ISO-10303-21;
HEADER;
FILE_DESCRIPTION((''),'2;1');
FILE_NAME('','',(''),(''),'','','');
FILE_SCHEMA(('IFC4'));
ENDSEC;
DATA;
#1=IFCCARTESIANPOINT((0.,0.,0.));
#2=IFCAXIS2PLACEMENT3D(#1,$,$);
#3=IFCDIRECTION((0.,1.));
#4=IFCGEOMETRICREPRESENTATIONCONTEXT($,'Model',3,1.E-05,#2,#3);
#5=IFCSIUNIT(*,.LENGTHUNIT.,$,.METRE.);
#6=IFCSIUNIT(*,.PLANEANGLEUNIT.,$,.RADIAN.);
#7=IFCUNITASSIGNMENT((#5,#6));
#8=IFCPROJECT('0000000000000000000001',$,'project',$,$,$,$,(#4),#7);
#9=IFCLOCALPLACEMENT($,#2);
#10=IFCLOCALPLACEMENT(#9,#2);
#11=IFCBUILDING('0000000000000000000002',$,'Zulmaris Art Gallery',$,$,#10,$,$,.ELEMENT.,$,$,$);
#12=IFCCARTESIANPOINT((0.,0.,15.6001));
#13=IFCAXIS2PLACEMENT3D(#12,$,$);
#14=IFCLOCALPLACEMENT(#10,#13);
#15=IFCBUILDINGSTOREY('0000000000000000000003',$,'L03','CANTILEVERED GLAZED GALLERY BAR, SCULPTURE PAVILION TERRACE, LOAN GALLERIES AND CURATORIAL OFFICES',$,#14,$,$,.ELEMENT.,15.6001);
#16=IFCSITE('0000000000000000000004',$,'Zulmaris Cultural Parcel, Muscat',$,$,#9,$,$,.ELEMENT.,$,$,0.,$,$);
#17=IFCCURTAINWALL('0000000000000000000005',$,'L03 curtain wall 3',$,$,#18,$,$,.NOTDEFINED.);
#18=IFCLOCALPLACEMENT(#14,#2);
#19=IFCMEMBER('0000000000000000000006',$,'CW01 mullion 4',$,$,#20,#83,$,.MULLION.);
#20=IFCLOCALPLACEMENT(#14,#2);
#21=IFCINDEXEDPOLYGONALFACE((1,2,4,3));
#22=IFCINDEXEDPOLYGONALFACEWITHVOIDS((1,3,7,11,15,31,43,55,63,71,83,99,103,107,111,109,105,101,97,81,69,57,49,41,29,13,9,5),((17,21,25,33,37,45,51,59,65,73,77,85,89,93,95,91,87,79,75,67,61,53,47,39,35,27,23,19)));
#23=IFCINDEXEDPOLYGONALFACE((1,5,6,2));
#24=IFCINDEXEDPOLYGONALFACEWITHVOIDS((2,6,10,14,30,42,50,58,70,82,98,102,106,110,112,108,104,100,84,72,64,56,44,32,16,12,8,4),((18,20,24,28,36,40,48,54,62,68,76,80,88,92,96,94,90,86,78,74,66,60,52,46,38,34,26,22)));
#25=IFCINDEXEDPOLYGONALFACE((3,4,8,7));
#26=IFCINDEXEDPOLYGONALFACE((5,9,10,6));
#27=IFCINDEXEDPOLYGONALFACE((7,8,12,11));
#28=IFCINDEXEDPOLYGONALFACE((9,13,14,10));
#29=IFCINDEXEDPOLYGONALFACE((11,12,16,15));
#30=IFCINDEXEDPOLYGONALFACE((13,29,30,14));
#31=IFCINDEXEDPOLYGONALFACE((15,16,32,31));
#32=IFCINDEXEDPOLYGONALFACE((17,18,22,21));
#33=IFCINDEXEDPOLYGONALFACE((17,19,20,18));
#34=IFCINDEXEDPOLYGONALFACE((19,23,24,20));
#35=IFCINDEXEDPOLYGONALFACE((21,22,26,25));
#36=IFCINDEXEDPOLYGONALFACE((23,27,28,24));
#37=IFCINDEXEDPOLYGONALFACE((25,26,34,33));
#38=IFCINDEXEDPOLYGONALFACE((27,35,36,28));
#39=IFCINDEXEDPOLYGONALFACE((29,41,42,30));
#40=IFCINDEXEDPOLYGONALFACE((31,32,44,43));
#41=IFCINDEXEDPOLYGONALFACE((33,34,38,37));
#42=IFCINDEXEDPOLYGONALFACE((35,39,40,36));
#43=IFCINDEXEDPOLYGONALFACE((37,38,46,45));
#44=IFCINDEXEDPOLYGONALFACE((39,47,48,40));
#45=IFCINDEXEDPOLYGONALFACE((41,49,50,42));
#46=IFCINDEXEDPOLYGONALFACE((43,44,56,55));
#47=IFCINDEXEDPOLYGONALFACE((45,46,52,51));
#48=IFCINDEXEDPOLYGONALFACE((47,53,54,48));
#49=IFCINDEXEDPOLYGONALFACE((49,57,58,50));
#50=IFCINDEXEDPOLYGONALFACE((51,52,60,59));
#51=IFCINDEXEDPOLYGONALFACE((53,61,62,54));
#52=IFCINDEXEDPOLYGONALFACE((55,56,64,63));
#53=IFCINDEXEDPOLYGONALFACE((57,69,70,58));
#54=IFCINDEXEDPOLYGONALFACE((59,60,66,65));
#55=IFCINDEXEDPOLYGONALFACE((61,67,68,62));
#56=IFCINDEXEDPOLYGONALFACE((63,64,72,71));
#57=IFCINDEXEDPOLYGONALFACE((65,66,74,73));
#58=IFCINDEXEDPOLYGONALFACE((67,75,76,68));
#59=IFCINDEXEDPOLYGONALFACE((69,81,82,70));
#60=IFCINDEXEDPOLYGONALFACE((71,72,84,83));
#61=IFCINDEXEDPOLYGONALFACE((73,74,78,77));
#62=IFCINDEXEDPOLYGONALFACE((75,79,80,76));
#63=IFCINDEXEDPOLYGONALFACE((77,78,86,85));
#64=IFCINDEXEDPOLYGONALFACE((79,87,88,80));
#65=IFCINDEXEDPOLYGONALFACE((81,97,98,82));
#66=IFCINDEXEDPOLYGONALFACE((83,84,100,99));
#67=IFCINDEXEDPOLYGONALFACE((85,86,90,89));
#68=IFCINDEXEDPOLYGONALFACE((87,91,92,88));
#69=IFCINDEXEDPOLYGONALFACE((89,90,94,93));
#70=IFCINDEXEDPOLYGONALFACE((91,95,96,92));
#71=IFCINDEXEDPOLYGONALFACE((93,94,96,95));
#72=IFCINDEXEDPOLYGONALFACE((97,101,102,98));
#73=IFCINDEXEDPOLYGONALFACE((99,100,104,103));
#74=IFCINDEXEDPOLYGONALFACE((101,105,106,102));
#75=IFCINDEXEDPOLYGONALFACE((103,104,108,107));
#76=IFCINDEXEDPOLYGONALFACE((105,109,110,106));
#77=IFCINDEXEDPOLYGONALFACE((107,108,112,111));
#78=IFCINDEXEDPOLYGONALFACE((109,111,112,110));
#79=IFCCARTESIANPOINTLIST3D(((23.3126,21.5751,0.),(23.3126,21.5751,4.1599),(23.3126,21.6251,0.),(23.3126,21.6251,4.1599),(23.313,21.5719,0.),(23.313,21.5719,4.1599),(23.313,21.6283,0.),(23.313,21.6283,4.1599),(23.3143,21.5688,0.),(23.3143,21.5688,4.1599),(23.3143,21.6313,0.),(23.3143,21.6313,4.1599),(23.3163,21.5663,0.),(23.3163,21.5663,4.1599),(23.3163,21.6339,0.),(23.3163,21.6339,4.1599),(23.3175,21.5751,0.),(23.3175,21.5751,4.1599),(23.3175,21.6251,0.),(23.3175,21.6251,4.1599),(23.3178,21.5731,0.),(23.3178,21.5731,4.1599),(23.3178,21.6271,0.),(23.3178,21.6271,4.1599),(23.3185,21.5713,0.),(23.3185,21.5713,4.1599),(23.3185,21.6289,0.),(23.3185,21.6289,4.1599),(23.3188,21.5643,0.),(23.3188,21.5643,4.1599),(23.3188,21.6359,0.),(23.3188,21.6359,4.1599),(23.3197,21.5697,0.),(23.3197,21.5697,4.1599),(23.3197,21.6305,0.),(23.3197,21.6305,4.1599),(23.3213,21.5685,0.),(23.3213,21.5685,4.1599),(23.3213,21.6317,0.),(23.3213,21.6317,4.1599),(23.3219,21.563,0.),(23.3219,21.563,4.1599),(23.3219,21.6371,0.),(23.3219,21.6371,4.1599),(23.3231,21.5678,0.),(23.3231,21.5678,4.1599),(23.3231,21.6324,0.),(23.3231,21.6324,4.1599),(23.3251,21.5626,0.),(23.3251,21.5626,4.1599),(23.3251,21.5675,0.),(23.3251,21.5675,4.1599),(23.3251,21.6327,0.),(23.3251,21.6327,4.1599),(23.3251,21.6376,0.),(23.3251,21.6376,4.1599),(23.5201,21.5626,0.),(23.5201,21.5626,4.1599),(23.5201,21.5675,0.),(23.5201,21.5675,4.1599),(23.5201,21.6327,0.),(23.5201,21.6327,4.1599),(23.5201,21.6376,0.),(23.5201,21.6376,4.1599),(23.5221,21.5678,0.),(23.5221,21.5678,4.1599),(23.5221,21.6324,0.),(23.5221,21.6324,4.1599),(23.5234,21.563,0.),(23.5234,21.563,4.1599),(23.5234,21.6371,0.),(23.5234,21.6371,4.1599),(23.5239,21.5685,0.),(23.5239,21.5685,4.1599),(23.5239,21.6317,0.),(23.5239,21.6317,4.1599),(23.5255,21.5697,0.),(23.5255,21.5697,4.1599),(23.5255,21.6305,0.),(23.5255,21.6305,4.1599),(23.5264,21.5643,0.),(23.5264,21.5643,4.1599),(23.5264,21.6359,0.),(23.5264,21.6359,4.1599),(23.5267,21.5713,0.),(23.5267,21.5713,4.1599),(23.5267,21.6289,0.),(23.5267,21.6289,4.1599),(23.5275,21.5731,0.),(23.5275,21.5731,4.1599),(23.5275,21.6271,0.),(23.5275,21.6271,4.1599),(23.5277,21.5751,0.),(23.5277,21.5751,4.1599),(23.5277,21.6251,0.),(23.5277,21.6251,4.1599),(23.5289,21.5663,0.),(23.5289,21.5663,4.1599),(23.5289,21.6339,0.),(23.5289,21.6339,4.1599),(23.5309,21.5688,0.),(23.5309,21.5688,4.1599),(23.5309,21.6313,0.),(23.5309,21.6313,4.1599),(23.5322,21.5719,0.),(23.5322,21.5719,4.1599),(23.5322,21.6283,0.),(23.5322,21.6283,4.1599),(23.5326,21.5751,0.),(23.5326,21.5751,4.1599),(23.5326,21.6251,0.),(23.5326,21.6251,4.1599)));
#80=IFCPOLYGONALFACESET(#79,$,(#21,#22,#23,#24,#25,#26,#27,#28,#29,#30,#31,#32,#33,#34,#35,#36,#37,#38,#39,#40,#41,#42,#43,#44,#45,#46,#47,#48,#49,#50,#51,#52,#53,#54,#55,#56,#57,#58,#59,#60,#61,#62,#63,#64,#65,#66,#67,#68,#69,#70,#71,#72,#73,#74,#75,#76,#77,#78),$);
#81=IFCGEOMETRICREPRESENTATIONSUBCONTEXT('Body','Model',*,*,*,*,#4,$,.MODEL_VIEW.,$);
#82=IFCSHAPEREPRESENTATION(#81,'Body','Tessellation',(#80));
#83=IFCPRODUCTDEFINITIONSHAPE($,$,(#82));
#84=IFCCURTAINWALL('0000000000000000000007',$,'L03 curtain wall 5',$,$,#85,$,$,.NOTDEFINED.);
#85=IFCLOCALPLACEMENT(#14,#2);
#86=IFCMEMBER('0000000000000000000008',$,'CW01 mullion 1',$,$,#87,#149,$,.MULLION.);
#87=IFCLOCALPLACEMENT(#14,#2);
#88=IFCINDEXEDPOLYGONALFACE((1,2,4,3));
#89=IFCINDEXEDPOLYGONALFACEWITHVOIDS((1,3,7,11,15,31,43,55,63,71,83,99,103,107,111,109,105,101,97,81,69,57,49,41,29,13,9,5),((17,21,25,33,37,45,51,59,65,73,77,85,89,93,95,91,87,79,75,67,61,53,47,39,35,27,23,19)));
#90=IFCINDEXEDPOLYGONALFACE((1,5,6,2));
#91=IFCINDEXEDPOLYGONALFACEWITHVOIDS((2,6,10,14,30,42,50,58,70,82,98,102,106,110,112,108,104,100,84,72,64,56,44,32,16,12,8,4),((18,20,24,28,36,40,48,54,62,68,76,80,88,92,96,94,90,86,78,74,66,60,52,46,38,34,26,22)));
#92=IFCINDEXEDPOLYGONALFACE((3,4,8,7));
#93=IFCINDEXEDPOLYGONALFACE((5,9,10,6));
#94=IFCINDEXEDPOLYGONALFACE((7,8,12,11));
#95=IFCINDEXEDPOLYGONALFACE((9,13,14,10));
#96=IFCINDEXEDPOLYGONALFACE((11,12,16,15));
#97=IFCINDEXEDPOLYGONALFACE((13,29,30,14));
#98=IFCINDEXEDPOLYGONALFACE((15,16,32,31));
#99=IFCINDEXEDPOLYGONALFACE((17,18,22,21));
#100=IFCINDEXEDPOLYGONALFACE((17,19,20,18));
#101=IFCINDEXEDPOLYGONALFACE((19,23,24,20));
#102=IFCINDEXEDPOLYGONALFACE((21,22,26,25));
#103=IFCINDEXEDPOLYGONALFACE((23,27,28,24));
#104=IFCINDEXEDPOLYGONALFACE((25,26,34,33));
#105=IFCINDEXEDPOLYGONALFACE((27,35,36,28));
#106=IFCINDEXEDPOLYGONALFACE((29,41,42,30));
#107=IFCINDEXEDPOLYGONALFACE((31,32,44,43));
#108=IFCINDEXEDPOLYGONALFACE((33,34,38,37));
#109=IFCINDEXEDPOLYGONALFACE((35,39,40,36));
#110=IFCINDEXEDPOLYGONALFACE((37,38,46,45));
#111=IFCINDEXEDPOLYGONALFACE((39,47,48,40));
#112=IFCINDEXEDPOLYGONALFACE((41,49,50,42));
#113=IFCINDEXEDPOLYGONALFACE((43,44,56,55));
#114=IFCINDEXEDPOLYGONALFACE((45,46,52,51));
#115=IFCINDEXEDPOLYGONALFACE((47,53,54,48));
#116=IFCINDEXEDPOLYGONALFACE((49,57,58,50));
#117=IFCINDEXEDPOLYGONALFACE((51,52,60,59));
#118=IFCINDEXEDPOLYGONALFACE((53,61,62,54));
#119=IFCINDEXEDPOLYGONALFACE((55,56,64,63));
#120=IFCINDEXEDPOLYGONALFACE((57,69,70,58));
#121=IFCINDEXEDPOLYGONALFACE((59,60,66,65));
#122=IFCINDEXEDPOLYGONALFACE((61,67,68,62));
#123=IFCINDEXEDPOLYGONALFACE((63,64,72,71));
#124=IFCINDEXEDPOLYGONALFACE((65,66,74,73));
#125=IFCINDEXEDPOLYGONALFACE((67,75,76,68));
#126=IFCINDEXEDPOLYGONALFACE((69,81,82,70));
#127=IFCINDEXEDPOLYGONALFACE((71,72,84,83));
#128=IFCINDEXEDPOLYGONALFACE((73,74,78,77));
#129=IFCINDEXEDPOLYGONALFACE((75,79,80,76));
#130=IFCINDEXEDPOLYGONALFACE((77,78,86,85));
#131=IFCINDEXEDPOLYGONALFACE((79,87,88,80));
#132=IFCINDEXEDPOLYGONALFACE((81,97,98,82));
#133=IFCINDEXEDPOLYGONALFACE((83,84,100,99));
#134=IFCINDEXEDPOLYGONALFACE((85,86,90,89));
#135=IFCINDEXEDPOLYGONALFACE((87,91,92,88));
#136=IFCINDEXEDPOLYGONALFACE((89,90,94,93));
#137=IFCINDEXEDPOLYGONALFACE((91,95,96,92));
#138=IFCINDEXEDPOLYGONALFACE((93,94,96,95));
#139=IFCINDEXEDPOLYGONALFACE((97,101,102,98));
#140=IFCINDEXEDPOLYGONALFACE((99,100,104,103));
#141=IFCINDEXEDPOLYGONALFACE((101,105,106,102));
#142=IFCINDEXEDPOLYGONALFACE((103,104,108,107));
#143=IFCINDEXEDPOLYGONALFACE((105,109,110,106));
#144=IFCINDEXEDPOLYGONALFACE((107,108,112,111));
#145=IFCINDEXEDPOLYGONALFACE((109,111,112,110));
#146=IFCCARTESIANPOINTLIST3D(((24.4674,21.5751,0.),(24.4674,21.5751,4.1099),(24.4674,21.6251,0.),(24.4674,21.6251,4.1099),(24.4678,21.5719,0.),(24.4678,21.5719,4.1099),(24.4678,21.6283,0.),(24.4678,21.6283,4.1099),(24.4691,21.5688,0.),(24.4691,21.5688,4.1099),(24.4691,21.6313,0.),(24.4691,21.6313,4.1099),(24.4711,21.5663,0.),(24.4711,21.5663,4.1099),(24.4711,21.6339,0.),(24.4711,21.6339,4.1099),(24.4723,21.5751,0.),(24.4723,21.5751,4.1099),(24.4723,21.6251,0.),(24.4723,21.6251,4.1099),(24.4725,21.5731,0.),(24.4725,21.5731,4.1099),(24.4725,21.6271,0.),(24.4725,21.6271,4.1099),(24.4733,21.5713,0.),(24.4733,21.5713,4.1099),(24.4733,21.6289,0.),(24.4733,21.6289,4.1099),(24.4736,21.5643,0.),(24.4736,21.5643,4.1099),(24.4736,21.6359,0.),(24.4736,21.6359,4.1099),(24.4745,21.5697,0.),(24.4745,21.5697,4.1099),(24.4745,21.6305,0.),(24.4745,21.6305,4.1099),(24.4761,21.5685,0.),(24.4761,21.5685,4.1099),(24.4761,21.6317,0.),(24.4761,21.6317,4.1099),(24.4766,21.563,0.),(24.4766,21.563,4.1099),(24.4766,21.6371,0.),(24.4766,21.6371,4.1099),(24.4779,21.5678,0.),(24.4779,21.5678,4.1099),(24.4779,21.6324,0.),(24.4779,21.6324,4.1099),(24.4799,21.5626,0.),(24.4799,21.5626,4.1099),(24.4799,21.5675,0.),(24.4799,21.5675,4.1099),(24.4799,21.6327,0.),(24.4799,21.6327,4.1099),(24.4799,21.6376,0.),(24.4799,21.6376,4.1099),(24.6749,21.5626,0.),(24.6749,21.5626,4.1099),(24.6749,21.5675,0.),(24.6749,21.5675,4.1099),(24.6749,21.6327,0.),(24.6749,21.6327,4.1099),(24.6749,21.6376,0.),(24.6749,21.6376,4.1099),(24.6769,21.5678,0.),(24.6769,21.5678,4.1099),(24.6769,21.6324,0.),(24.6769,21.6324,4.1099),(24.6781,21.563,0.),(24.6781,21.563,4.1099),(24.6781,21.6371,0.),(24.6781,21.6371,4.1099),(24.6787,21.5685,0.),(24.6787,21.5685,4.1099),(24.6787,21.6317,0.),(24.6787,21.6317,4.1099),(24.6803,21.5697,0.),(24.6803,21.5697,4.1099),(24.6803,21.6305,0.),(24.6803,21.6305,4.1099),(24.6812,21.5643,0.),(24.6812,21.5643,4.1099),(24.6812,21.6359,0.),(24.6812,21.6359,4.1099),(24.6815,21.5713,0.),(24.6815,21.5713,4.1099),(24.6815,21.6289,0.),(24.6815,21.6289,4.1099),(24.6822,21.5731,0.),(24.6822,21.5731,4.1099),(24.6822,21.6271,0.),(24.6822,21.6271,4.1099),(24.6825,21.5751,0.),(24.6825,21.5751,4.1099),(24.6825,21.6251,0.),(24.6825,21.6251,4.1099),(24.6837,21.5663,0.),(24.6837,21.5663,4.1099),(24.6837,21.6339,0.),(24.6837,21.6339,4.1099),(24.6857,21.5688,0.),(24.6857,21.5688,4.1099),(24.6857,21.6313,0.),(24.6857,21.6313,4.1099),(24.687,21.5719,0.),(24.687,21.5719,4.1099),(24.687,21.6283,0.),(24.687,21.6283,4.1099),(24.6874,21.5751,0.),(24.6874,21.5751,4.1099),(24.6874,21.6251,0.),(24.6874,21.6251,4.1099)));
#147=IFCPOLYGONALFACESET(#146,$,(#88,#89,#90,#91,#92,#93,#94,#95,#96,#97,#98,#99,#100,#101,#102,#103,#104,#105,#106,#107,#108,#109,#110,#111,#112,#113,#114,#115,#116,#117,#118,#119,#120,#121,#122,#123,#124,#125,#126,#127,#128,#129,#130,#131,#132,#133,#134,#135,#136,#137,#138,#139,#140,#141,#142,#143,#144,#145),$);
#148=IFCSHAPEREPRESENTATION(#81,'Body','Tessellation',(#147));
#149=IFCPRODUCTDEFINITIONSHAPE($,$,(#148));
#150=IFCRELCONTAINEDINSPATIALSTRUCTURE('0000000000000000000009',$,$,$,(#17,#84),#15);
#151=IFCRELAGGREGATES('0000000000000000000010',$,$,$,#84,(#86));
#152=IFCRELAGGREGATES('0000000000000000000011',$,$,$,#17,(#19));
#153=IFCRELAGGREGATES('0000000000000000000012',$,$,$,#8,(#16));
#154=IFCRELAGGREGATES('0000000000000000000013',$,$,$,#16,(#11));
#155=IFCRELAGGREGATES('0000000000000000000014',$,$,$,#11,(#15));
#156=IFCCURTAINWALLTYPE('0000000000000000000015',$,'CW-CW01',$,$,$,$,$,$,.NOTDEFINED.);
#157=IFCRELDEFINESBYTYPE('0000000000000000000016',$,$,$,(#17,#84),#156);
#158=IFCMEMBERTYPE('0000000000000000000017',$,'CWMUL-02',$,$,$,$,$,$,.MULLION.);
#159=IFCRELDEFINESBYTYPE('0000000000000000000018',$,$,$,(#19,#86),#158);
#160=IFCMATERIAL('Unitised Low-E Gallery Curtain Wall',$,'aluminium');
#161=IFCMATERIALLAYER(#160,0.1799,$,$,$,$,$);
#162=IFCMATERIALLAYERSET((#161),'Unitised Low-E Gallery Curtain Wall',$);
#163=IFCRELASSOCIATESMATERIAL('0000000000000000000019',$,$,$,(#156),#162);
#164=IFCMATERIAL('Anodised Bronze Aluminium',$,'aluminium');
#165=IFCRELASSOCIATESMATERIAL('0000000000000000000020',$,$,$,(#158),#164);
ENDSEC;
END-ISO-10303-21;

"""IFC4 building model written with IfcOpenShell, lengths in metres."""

from ifc_helpers import new_model, si_unit, direction, frame, origin, origin_2d, place, context, subcontext, project, spatial, hollow_rectangle, extrude, material, layer, layer_set, material_profile, profile_set, type_object, element, aggregate, save


model = new_model("IFC4")

# Units and contexts
model_context = context("Model", 3, precision=1e-05, world=origin(), true_north=direction((0.0, 1.0)))
body_context = subcontext(model_context, "Body", "Model", "MODEL_VIEW")
ifc_project = project(units=[si_unit("LENGTHUNIT", "METRE"), si_unit("PLANEANGLEUNIT", "RADIAN")], contexts=[model_context])

# Site, building, storey
site_placement = place(None, origin())
site = spatial("IfcSite", under=ifc_project, at=site_placement, Name="Zulmaris Cultural Parcel, Muscat", CompositionType="ELEMENT", RefElevation=0.0)
building_placement = place(site_placement, origin())
building = spatial("IfcBuilding", under=site, at=building_placement, Name="Zulmaris Art Gallery", CompositionType="ELEMENT")
storey_placement = place(building_placement, frame((0.0, 0.0, 15.6001)))
storey = spatial("IfcBuildingStorey", under=building, at=storey_placement, Name="L03", Description="CANTILEVERED GLAZED GALLERY BAR, SCULPTURE PAVILION TERRACE, LOAN GALLERIES AND CURATORIAL OFFICES", CompositionType="ELEMENT", Elevation=15.6001)

# Curtain wall, member
ifc_material_1 = material(Name="Unitised Low-E Gallery Curtain Wall", Category="aluminium")
ifc_layer_1 = layer(ifc_material_1, 0.1799)
ifc_layer_set_1 = layer_set([ifc_layer_1], Name="Unitised Low-E Gallery Curtain Wall")
curtain_wall_type = type_object("IfcCurtainWallType", Name="CW-CW01", PredefinedType="NOTDEFINED", material=ifc_layer_set_1)
curtain_wall_1_placement = place(storey_placement, origin())
curtain_wall_1 = element("IfcCurtainWall", 1, at=curtain_wall_1_placement, inside=storey, type_object=curtain_wall_type, Name="L03 curtain wall 3", PredefinedType="NOTDEFINED")
ifc_material_2 = material(Name="Anodised Bronze Aluminium", Category="aluminium")
ifc_material_profile_1 = material_profile(ifc_material_2, hollow_rectangle(XDim=0.075, YDim=0.22, WallThickness=0.0049, InnerFilletRadius=0.0076, OuterFilletRadius=0.0125, at=origin_2d()), Name="ALU 75x220x5")
ifc_profile_set_1 = profile_set([ifc_material_profile_1], Name="Anodised Bronze Aluminium")
member_type_1 = type_object("IfcMemberType", Name="CWMUL-02", PredefinedType="MULLION", material=ifc_profile_set_1)
member_1_placement = place(storey_placement, frame((23.4226, 21.6001, 0.0), z_axis=(0.0, 0.0, 1.0), x_axis=(0.0, 1.0, 0.0)))
member_1 = element("IfcMember", 2, at=member_1_placement, type_object=member_type_1, Name="CW01 mullion 4", PredefinedType="MULLION", context=body_context, shape_type="SweptSolid", body=[
    extrude(hollow_rectangle(XDim=0.075, YDim=0.22, WallThickness=0.0049, InnerFilletRadius=0.0076, OuterFilletRadius=0.0125, at=origin_2d()), origin(), (0.0, 0.0, 1.0), 4.1599),
])

# Curtain wall, member
curtain_wall_2_placement = place(storey_placement, origin())
curtain_wall_2 = element("IfcCurtainWall", 3, at=curtain_wall_2_placement, inside=storey, type_object=curtain_wall_type, Name="L03 curtain wall 5", PredefinedType="NOTDEFINED")
member_2_placement = place(storey_placement, frame((24.5774, 21.6001, 0.0), z_axis=(0.0, 0.0, 1.0), x_axis=(0.0, 1.0, 0.0)))
member_2 = element("IfcMember", 4, at=member_2_placement, type_object=member_type_1, Name="CW01 mullion 1", PredefinedType="MULLION", context=body_context, shape_type="SweptSolid", body=[
    extrude(hollow_rectangle(XDim=0.075, YDim=0.22, WallThickness=0.0049, InnerFilletRadius=0.0076, OuterFilletRadius=0.0125, at=origin_2d()), origin(), (0.0, 0.0, 1.0), 4.1099),
])

aggregate(curtain_wall_2, [member_2])

aggregate(curtain_wall_1, [member_1])

save(model, "model.ifc")
